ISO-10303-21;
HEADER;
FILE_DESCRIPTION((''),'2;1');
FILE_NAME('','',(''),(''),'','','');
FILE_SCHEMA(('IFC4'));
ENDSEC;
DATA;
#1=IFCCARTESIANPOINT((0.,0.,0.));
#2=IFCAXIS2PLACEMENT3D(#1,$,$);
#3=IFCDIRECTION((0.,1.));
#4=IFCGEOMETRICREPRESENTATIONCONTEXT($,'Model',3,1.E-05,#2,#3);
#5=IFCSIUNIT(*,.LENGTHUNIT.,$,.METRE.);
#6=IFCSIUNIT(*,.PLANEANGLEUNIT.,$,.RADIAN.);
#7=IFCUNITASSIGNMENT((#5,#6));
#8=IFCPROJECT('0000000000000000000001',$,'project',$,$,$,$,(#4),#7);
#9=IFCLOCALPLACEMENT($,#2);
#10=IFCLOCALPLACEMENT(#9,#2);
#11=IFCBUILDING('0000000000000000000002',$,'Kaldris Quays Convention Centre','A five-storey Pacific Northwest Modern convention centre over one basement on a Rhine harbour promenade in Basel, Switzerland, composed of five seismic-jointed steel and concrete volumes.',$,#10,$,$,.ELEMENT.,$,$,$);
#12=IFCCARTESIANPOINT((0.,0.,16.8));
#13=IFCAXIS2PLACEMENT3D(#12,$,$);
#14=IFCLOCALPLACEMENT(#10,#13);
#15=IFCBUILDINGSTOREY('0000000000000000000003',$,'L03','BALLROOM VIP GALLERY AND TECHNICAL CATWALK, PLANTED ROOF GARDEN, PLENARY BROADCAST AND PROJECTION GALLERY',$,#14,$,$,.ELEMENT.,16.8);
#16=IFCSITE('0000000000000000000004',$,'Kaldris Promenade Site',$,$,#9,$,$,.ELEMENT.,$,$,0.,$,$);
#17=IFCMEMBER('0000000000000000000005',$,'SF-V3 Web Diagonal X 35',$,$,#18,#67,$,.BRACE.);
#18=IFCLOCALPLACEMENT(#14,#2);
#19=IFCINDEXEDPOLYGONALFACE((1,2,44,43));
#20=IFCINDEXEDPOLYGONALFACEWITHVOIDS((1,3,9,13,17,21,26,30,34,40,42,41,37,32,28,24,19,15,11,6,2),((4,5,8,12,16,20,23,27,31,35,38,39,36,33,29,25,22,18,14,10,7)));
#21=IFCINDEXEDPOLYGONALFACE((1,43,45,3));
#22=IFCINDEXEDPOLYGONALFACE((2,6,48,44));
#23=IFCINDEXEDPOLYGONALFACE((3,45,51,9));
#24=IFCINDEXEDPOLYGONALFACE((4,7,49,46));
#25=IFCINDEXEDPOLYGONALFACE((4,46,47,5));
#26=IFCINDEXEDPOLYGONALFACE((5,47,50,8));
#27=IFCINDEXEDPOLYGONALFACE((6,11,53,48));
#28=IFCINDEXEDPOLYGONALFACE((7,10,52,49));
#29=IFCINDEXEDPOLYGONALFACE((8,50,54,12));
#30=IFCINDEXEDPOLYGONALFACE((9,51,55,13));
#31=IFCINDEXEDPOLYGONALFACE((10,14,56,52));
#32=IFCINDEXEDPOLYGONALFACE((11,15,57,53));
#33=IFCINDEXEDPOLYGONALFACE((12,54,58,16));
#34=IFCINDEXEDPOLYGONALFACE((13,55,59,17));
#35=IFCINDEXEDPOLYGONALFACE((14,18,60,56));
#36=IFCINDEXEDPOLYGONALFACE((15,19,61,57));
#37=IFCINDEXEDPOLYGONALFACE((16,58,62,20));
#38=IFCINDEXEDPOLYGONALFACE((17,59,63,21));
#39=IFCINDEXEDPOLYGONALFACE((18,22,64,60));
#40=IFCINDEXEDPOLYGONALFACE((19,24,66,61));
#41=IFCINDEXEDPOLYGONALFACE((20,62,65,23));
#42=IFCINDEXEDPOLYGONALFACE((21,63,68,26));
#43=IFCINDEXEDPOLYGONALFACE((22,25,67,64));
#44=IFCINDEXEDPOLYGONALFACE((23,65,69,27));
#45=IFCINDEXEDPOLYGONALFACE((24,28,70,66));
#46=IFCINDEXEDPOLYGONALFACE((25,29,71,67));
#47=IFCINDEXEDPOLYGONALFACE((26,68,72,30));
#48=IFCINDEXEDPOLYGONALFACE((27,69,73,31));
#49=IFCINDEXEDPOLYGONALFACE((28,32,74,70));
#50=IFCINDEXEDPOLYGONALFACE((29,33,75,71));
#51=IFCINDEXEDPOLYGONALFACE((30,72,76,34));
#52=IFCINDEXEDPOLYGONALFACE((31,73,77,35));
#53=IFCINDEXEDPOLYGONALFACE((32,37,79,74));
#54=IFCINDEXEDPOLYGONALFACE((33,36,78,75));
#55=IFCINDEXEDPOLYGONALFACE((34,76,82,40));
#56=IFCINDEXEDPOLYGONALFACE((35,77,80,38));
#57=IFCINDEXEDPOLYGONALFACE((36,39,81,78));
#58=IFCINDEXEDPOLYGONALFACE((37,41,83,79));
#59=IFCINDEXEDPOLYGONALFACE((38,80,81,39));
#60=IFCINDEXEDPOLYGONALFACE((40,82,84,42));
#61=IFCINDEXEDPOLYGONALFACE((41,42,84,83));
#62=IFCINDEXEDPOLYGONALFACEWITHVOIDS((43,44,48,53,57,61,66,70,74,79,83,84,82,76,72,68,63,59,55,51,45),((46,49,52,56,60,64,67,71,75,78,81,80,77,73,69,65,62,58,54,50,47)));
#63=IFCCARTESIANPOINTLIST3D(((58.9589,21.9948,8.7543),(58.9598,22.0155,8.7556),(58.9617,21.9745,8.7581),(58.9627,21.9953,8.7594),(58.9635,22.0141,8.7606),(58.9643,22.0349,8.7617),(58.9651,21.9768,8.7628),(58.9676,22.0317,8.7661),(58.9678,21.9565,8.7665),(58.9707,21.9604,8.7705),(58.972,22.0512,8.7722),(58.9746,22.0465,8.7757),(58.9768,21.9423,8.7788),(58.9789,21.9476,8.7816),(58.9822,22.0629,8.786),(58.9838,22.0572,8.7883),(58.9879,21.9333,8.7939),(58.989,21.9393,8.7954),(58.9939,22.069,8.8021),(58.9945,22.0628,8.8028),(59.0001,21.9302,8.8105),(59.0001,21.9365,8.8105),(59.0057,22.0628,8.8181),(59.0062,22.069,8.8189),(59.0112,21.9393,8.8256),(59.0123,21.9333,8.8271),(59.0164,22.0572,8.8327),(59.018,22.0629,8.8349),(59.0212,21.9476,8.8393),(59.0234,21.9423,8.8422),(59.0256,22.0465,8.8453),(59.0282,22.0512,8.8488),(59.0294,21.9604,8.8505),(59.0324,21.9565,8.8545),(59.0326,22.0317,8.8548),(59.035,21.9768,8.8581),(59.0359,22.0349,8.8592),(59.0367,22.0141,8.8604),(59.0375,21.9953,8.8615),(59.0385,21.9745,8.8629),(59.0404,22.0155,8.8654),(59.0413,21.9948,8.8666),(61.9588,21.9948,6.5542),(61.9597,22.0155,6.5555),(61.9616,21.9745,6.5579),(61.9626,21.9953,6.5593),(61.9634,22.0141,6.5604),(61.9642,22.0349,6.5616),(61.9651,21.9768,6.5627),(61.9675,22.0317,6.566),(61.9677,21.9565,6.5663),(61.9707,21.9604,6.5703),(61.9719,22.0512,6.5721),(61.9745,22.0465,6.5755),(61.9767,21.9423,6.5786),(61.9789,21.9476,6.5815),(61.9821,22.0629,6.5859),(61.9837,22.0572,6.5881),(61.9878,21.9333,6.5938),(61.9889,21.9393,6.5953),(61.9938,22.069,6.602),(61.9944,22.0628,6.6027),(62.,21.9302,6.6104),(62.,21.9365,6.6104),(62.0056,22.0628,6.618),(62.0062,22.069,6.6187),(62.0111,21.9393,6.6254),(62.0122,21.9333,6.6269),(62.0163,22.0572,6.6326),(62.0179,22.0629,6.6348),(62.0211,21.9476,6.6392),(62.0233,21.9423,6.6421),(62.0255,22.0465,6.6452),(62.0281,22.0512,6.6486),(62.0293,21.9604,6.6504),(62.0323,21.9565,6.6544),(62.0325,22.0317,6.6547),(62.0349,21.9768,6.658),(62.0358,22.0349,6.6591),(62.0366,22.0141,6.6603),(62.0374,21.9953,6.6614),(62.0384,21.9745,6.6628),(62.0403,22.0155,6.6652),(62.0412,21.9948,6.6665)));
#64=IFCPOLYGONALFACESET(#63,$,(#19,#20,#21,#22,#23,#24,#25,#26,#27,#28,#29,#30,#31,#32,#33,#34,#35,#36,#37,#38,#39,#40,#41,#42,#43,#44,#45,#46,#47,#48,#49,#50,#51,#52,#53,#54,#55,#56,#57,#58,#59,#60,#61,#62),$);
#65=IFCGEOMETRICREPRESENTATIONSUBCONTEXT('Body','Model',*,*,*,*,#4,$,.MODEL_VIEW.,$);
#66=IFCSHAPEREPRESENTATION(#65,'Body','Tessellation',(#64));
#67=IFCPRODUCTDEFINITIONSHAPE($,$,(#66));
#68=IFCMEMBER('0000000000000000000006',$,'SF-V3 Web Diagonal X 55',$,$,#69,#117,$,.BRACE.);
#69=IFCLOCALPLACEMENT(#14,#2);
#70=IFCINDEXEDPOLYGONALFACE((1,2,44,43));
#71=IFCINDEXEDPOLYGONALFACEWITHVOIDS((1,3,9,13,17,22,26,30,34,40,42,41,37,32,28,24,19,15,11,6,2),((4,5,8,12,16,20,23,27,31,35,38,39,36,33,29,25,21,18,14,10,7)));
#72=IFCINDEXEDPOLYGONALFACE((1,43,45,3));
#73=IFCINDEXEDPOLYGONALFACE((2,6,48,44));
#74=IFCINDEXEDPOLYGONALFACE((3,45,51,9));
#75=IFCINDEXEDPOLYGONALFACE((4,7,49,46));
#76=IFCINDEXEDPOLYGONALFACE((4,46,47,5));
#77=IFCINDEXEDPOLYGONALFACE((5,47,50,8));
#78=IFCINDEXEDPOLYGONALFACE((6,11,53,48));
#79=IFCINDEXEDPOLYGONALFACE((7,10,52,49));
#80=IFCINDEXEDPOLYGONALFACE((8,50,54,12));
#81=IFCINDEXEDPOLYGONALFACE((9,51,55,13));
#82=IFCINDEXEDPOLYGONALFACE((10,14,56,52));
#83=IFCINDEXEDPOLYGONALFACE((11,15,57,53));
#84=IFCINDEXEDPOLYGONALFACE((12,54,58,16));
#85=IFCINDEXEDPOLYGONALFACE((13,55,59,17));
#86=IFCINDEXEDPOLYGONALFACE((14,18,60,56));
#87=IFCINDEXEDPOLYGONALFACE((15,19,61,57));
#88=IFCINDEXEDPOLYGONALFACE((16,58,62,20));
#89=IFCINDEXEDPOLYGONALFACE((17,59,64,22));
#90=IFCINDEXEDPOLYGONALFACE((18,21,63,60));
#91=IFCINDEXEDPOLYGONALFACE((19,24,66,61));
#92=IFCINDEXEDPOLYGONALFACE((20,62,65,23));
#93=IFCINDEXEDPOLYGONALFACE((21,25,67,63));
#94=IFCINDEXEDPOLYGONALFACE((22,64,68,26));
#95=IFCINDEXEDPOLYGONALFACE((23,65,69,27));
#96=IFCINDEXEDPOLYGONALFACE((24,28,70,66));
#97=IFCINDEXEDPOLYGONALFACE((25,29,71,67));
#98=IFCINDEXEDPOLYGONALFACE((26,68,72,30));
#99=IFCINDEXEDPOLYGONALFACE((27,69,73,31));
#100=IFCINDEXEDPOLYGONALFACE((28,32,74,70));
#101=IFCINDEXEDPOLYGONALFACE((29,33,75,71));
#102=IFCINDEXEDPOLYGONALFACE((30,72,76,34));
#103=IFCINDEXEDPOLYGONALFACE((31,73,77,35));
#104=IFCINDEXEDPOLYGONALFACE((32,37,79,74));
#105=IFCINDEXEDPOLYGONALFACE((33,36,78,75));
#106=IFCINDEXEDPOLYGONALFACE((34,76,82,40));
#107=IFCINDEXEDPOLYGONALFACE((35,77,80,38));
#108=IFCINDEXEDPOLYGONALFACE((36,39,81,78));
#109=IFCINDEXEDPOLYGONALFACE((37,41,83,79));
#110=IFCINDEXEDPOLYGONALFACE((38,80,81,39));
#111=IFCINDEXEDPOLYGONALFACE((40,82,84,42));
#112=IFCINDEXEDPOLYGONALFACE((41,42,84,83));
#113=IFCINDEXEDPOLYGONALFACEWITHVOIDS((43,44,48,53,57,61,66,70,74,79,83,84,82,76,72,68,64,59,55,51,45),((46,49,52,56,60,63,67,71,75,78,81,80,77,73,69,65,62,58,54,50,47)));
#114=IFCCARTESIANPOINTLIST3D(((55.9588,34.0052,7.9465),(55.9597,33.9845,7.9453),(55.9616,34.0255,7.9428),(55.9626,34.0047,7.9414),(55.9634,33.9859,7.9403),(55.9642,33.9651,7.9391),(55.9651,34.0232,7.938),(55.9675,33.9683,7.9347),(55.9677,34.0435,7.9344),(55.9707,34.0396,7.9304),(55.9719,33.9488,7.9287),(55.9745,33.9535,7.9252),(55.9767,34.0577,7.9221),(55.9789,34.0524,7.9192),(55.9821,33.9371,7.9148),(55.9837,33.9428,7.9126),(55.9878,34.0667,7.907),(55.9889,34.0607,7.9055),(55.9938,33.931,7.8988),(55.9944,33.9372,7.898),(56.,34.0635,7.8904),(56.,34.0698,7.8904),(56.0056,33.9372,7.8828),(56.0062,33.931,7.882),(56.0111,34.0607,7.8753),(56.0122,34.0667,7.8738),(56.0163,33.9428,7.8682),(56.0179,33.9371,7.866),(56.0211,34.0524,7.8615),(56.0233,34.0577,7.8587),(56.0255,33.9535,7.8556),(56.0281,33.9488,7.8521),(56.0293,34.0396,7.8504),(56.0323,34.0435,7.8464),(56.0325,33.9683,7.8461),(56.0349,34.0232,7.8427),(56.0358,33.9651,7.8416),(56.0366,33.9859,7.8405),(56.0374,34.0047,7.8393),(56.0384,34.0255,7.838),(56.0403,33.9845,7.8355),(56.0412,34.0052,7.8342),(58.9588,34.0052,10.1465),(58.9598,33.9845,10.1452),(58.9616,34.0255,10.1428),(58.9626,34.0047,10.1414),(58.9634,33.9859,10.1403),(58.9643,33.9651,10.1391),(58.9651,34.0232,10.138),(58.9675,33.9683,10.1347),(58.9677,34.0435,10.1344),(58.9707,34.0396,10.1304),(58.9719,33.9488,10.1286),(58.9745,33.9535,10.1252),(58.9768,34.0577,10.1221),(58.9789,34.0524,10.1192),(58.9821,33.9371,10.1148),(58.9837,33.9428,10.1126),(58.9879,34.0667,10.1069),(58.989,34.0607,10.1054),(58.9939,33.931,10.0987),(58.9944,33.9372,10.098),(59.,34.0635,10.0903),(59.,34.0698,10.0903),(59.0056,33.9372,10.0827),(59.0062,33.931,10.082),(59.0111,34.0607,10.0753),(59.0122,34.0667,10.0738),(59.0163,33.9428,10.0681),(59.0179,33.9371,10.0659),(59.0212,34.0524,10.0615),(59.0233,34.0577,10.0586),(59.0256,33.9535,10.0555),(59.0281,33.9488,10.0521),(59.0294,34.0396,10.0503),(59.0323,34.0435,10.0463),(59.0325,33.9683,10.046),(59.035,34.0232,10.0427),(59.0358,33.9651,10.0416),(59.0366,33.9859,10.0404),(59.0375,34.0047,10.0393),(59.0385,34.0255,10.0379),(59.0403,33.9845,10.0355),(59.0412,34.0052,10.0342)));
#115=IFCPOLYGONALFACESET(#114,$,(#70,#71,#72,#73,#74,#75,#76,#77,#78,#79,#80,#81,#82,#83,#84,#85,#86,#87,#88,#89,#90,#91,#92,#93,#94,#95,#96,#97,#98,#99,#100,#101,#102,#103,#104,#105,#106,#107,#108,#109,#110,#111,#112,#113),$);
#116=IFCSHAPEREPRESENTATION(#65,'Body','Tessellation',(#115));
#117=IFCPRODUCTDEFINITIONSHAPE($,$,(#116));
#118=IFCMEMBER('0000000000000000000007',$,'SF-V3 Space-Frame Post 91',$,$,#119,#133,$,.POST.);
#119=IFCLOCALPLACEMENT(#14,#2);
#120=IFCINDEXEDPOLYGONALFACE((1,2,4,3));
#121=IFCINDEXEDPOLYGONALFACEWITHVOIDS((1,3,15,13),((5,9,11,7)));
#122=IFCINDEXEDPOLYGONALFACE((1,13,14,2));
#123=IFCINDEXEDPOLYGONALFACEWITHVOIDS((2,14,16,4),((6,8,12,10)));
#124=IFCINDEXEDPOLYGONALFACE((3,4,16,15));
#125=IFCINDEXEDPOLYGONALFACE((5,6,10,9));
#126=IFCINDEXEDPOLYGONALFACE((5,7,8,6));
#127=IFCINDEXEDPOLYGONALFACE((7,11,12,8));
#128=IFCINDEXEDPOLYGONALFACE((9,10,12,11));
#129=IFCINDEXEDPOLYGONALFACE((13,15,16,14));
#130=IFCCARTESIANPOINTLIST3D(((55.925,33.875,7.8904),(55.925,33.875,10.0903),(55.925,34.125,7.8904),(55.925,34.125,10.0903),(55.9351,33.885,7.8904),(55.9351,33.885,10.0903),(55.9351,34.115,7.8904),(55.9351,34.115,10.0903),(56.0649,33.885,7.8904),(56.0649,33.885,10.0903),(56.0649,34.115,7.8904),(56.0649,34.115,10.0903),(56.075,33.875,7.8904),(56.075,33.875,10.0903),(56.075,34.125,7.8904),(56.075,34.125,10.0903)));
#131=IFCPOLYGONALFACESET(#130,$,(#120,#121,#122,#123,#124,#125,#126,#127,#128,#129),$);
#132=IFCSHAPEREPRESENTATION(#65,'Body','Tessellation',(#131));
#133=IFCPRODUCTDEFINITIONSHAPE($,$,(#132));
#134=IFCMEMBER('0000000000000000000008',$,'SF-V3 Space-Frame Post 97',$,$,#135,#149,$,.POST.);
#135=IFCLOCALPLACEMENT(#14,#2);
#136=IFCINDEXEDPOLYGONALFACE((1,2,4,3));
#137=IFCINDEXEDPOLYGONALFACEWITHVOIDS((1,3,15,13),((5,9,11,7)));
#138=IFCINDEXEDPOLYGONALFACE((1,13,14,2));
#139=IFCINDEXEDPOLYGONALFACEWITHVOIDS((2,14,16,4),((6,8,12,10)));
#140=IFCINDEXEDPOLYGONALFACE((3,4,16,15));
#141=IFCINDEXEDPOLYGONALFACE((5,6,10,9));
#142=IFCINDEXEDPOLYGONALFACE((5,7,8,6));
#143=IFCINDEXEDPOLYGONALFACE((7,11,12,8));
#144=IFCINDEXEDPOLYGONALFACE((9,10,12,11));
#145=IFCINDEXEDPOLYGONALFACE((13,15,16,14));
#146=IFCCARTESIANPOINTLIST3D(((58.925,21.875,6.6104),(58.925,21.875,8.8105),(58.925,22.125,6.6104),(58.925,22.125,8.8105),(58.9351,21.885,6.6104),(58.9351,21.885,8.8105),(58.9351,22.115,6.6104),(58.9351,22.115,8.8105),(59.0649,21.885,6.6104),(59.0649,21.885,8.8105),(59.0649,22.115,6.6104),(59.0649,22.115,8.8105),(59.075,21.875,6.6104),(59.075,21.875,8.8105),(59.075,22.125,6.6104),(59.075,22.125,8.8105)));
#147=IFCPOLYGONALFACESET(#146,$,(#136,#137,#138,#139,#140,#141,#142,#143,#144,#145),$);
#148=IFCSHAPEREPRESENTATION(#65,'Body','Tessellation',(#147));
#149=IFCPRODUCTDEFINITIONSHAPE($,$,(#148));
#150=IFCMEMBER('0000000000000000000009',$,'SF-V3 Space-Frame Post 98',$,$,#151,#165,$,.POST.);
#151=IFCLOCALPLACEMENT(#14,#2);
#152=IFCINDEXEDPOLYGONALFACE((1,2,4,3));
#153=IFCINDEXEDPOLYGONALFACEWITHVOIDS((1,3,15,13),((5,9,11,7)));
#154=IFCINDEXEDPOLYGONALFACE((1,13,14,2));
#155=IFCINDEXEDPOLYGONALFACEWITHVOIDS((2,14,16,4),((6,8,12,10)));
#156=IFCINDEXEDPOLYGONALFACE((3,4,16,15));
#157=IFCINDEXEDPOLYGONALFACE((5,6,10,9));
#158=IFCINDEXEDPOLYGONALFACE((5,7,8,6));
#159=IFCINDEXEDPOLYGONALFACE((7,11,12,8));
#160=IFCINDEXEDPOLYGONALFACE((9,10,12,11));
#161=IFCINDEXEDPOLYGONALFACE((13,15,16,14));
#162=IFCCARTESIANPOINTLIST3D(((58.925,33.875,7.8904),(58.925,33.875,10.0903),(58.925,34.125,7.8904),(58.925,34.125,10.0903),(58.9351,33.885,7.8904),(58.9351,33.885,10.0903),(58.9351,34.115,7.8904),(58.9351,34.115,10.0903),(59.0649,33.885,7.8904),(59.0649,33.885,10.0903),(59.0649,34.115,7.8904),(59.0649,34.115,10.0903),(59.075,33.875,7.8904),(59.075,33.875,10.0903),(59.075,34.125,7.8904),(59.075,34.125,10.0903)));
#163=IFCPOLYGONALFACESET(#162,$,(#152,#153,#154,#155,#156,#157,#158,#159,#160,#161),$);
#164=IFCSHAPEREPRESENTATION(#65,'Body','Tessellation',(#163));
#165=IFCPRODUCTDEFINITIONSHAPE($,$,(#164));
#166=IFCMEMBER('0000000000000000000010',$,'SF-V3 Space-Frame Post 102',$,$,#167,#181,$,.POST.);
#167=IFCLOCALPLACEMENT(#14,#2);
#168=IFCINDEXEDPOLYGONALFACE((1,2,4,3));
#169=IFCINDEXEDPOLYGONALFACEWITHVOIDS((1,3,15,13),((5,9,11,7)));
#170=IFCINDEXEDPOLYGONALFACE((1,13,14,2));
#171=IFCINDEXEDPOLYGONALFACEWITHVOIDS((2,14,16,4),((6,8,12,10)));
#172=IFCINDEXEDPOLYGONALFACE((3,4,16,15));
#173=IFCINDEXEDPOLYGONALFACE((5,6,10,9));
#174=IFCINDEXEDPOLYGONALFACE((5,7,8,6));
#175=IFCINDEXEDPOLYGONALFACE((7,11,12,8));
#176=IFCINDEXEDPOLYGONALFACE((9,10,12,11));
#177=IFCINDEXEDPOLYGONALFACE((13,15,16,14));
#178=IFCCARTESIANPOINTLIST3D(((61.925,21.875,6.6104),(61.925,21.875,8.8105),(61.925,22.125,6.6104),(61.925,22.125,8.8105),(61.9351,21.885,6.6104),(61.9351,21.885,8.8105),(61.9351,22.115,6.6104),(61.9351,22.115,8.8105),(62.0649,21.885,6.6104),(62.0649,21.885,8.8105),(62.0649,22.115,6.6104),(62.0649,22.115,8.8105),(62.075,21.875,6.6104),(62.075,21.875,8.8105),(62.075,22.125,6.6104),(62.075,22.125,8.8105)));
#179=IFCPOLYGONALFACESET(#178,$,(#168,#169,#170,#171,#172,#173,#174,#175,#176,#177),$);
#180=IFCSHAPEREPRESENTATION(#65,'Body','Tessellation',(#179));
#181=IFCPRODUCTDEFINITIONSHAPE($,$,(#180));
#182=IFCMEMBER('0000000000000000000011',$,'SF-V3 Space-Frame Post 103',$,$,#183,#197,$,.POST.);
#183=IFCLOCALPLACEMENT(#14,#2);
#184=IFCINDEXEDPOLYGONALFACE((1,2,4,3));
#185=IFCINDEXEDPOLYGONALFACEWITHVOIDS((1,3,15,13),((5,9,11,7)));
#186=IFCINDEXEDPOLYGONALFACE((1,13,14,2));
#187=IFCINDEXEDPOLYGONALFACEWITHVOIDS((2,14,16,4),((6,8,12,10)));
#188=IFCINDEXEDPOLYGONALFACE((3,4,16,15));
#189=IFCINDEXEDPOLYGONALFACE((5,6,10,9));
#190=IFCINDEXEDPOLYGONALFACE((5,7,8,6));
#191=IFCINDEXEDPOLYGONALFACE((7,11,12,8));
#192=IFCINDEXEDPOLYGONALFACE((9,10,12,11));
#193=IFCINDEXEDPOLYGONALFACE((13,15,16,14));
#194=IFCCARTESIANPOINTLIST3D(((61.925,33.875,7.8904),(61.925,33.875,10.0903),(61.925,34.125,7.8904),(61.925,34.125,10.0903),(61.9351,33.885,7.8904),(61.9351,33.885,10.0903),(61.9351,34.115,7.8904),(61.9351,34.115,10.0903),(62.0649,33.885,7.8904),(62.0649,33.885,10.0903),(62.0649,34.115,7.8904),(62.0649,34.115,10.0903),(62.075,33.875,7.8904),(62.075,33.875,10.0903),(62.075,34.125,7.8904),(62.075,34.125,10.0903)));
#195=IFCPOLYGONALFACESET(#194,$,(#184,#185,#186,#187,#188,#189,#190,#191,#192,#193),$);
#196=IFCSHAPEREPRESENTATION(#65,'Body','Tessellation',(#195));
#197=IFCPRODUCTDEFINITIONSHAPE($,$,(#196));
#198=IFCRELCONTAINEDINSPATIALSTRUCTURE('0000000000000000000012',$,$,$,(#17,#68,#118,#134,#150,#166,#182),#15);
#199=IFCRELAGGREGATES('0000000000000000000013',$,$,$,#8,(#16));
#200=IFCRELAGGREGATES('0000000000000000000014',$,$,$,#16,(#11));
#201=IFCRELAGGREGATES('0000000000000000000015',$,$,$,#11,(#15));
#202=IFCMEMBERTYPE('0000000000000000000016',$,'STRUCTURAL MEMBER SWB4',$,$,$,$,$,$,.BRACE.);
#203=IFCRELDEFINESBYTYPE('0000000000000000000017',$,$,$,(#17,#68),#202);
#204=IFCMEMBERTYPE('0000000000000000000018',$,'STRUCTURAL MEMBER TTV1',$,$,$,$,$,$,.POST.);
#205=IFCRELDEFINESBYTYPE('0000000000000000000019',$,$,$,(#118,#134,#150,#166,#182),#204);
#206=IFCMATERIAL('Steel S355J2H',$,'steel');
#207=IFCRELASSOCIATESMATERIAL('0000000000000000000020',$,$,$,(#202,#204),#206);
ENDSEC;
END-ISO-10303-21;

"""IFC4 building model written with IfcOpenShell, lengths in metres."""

from ifc_helpers import new_model, si_unit, direction, frame, origin, origin_2d, place, context, subcontext, project, spatial, hollow_rectangle, hollow_circle, extrude, material, material_profile, profile_set, type_object, element, save


model = new_model("IFC4")

# Units and contexts
model_context = context("Model", 3, precision=1e-05, world=origin(), true_north=direction((0.0, 1.0)))
body_context = subcontext(model_context, "Body", "Model", "MODEL_VIEW")
ifc_project = project(units=[si_unit("LENGTHUNIT", "METRE"), si_unit("PLANEANGLEUNIT", "RADIAN")], contexts=[model_context])

# Site, building, storey
site_placement = place(None, origin())
site = spatial("IfcSite", under=ifc_project, at=site_placement, Name="Kaldris Promenade Site", CompositionType="ELEMENT", RefElevation=0.0)
building_placement = place(site_placement, origin())
building = spatial("IfcBuilding", under=site, at=building_placement, Name="Kaldris Quays Convention Centre", Description="A five-storey Pacific Northwest Modern convention centre over one basement on a Rhine harbour promenade in Basel, Switzerland, composed of five seismic-jointed steel and concrete volumes.", CompositionType="ELEMENT")
storey_placement = place(building_placement, frame((0.0, 0.0, 16.8)))
storey = spatial("IfcBuildingStorey", under=building, at=storey_placement, Name="L03", Description="BALLROOM VIP GALLERY AND TECHNICAL CATWALK, PLANTED ROOF GARDEN, PLENARY BROADCAST AND PROJECTION GALLERY", CompositionType="ELEMENT", Elevation=16.8)

# Members
ifc_material_1 = material(Name="Steel S355J2H", Category="steel")
ifc_material_profile_1 = material_profile(ifc_material_1, hollow_circle(Radius=0.0698, WallThickness=0.0063, at=origin_2d()), Name="CHS 139.7x6.3")
ifc_profile_set_1 = profile_set([ifc_material_profile_1], Name="Steel S355J2H")
member_type_1 = type_object("IfcMemberType", Name="STRUCTURAL MEMBER SWB4", PredefinedType="BRACE", material=ifc_profile_set_1)
for number, where, z_axis, x_axis, name in (
    (1, (62.0, 22.0, 6.6104), (-0.80638, 0.0, 0.591398), (0.0, -1.0, 0.0), "SF-V3 Web Diagonal X 35"),
    (2, (56.0, 34.0, 7.8904), (0.806411, 0.0, 0.591355), (0.0, 1.0, 0.0), "SF-V3 Web Diagonal X 55"),
):
    element("IfcMember", number, at=place(storey_placement, frame(where, z_axis=z_axis, x_axis=x_axis)), inside=storey, type_object=member_type_1, Name=name, PredefinedType="BRACE", context=body_context, shape_type="SweptSolid", body=[
        extrude(hollow_circle(Radius=0.0698, WallThickness=0.0063, at=origin_2d()), origin(), (0.0, 0.0, 1.0), 3.7202),
    ])
ifc_material_profile_2 = material_profile(ifc_material_1, hollow_rectangle(XDim=0.1499, YDim=0.25, WallThickness=0.01, at=origin_2d()), Name="RHS 250x150x10")
ifc_profile_set_2 = profile_set([ifc_material_profile_2], Name="Steel S355J2H")
member_type_2 = type_object("IfcMemberType", Name="STRUCTURAL MEMBER TTV1", PredefinedType="POST", material=ifc_profile_set_2)
member_1_placement = place(storey_placement, frame((56.0, 34.0, 7.8904), z_axis=(0.0, 0.0, 1.0), x_axis=(1.0, 0.0, 0.0)))
element("IfcMember", 3, at=member_1_placement, inside=storey, type_object=member_type_2, Name="SF-V3 Space-Frame Post 91", PredefinedType="POST", context=body_context, shape_type="SweptSolid", body=[
    extrude(hollow_rectangle(XDim=0.1499, YDim=0.25, WallThickness=0.01, at=origin_2d()), origin(), (0.0, 0.0, 1.0), 2.2),
])
member_2_placement = place(storey_placement, frame((59.0, 22.0, 6.6104), z_axis=(0.0, 0.0, 1.0), x_axis=(1.0, 0.0, 0.0)))
element("IfcMember", 4, at=member_2_placement, inside=storey, type_object=member_type_2, Name="SF-V3 Space-Frame Post 97", PredefinedType="POST", context=body_context, shape_type="SweptSolid", body=[
    extrude(hollow_rectangle(XDim=0.1499, YDim=0.25, WallThickness=0.01, at=origin_2d()), origin(), (0.0, 0.0, 1.0), 2.2002),
])
member_3_placement = place(storey_placement, frame((59.0, 34.0, 7.8904), z_axis=(0.0, 0.0, 1.0), x_axis=(1.0, 0.0, 0.0)))
element("IfcMember", 5, at=member_3_placement, inside=storey, type_object=member_type_2, Name="SF-V3 Space-Frame Post 98", PredefinedType="POST", context=body_context, shape_type="SweptSolid", body=[
    extrude(hollow_rectangle(XDim=0.1499, YDim=0.25, WallThickness=0.01, at=origin_2d()), origin(), (0.0, 0.0, 1.0), 2.2),
])
member_4_placement = place(storey_placement, frame((62.0, 22.0, 6.6104), z_axis=(0.0, 0.0, 1.0), x_axis=(1.0, 0.0, 0.0)))
element("IfcMember", 6, at=member_4_placement, inside=storey, type_object=member_type_2, Name="SF-V3 Space-Frame Post 102", PredefinedType="POST", context=body_context, shape_type="SweptSolid", body=[
    extrude(hollow_rectangle(XDim=0.1499, YDim=0.25, WallThickness=0.01, at=origin_2d()), origin(), (0.0, 0.0, 1.0), 2.2002),
])
member_5_placement = place(storey_placement, frame((62.0, 34.0, 7.8904), z_axis=(0.0, 0.0, 1.0), x_axis=(1.0, 0.0, 0.0)))
element("IfcMember", 7, at=member_5_placement, inside=storey, type_object=member_type_2, Name="SF-V3 Space-Frame Post 103", PredefinedType="POST", context=body_context, shape_type="SweptSolid", body=[
    extrude(hollow_rectangle(XDim=0.1499, YDim=0.25, WallThickness=0.01, at=origin_2d()), origin(), (0.0, 0.0, 1.0), 2.2),
])

save(model, "model.ifc")
